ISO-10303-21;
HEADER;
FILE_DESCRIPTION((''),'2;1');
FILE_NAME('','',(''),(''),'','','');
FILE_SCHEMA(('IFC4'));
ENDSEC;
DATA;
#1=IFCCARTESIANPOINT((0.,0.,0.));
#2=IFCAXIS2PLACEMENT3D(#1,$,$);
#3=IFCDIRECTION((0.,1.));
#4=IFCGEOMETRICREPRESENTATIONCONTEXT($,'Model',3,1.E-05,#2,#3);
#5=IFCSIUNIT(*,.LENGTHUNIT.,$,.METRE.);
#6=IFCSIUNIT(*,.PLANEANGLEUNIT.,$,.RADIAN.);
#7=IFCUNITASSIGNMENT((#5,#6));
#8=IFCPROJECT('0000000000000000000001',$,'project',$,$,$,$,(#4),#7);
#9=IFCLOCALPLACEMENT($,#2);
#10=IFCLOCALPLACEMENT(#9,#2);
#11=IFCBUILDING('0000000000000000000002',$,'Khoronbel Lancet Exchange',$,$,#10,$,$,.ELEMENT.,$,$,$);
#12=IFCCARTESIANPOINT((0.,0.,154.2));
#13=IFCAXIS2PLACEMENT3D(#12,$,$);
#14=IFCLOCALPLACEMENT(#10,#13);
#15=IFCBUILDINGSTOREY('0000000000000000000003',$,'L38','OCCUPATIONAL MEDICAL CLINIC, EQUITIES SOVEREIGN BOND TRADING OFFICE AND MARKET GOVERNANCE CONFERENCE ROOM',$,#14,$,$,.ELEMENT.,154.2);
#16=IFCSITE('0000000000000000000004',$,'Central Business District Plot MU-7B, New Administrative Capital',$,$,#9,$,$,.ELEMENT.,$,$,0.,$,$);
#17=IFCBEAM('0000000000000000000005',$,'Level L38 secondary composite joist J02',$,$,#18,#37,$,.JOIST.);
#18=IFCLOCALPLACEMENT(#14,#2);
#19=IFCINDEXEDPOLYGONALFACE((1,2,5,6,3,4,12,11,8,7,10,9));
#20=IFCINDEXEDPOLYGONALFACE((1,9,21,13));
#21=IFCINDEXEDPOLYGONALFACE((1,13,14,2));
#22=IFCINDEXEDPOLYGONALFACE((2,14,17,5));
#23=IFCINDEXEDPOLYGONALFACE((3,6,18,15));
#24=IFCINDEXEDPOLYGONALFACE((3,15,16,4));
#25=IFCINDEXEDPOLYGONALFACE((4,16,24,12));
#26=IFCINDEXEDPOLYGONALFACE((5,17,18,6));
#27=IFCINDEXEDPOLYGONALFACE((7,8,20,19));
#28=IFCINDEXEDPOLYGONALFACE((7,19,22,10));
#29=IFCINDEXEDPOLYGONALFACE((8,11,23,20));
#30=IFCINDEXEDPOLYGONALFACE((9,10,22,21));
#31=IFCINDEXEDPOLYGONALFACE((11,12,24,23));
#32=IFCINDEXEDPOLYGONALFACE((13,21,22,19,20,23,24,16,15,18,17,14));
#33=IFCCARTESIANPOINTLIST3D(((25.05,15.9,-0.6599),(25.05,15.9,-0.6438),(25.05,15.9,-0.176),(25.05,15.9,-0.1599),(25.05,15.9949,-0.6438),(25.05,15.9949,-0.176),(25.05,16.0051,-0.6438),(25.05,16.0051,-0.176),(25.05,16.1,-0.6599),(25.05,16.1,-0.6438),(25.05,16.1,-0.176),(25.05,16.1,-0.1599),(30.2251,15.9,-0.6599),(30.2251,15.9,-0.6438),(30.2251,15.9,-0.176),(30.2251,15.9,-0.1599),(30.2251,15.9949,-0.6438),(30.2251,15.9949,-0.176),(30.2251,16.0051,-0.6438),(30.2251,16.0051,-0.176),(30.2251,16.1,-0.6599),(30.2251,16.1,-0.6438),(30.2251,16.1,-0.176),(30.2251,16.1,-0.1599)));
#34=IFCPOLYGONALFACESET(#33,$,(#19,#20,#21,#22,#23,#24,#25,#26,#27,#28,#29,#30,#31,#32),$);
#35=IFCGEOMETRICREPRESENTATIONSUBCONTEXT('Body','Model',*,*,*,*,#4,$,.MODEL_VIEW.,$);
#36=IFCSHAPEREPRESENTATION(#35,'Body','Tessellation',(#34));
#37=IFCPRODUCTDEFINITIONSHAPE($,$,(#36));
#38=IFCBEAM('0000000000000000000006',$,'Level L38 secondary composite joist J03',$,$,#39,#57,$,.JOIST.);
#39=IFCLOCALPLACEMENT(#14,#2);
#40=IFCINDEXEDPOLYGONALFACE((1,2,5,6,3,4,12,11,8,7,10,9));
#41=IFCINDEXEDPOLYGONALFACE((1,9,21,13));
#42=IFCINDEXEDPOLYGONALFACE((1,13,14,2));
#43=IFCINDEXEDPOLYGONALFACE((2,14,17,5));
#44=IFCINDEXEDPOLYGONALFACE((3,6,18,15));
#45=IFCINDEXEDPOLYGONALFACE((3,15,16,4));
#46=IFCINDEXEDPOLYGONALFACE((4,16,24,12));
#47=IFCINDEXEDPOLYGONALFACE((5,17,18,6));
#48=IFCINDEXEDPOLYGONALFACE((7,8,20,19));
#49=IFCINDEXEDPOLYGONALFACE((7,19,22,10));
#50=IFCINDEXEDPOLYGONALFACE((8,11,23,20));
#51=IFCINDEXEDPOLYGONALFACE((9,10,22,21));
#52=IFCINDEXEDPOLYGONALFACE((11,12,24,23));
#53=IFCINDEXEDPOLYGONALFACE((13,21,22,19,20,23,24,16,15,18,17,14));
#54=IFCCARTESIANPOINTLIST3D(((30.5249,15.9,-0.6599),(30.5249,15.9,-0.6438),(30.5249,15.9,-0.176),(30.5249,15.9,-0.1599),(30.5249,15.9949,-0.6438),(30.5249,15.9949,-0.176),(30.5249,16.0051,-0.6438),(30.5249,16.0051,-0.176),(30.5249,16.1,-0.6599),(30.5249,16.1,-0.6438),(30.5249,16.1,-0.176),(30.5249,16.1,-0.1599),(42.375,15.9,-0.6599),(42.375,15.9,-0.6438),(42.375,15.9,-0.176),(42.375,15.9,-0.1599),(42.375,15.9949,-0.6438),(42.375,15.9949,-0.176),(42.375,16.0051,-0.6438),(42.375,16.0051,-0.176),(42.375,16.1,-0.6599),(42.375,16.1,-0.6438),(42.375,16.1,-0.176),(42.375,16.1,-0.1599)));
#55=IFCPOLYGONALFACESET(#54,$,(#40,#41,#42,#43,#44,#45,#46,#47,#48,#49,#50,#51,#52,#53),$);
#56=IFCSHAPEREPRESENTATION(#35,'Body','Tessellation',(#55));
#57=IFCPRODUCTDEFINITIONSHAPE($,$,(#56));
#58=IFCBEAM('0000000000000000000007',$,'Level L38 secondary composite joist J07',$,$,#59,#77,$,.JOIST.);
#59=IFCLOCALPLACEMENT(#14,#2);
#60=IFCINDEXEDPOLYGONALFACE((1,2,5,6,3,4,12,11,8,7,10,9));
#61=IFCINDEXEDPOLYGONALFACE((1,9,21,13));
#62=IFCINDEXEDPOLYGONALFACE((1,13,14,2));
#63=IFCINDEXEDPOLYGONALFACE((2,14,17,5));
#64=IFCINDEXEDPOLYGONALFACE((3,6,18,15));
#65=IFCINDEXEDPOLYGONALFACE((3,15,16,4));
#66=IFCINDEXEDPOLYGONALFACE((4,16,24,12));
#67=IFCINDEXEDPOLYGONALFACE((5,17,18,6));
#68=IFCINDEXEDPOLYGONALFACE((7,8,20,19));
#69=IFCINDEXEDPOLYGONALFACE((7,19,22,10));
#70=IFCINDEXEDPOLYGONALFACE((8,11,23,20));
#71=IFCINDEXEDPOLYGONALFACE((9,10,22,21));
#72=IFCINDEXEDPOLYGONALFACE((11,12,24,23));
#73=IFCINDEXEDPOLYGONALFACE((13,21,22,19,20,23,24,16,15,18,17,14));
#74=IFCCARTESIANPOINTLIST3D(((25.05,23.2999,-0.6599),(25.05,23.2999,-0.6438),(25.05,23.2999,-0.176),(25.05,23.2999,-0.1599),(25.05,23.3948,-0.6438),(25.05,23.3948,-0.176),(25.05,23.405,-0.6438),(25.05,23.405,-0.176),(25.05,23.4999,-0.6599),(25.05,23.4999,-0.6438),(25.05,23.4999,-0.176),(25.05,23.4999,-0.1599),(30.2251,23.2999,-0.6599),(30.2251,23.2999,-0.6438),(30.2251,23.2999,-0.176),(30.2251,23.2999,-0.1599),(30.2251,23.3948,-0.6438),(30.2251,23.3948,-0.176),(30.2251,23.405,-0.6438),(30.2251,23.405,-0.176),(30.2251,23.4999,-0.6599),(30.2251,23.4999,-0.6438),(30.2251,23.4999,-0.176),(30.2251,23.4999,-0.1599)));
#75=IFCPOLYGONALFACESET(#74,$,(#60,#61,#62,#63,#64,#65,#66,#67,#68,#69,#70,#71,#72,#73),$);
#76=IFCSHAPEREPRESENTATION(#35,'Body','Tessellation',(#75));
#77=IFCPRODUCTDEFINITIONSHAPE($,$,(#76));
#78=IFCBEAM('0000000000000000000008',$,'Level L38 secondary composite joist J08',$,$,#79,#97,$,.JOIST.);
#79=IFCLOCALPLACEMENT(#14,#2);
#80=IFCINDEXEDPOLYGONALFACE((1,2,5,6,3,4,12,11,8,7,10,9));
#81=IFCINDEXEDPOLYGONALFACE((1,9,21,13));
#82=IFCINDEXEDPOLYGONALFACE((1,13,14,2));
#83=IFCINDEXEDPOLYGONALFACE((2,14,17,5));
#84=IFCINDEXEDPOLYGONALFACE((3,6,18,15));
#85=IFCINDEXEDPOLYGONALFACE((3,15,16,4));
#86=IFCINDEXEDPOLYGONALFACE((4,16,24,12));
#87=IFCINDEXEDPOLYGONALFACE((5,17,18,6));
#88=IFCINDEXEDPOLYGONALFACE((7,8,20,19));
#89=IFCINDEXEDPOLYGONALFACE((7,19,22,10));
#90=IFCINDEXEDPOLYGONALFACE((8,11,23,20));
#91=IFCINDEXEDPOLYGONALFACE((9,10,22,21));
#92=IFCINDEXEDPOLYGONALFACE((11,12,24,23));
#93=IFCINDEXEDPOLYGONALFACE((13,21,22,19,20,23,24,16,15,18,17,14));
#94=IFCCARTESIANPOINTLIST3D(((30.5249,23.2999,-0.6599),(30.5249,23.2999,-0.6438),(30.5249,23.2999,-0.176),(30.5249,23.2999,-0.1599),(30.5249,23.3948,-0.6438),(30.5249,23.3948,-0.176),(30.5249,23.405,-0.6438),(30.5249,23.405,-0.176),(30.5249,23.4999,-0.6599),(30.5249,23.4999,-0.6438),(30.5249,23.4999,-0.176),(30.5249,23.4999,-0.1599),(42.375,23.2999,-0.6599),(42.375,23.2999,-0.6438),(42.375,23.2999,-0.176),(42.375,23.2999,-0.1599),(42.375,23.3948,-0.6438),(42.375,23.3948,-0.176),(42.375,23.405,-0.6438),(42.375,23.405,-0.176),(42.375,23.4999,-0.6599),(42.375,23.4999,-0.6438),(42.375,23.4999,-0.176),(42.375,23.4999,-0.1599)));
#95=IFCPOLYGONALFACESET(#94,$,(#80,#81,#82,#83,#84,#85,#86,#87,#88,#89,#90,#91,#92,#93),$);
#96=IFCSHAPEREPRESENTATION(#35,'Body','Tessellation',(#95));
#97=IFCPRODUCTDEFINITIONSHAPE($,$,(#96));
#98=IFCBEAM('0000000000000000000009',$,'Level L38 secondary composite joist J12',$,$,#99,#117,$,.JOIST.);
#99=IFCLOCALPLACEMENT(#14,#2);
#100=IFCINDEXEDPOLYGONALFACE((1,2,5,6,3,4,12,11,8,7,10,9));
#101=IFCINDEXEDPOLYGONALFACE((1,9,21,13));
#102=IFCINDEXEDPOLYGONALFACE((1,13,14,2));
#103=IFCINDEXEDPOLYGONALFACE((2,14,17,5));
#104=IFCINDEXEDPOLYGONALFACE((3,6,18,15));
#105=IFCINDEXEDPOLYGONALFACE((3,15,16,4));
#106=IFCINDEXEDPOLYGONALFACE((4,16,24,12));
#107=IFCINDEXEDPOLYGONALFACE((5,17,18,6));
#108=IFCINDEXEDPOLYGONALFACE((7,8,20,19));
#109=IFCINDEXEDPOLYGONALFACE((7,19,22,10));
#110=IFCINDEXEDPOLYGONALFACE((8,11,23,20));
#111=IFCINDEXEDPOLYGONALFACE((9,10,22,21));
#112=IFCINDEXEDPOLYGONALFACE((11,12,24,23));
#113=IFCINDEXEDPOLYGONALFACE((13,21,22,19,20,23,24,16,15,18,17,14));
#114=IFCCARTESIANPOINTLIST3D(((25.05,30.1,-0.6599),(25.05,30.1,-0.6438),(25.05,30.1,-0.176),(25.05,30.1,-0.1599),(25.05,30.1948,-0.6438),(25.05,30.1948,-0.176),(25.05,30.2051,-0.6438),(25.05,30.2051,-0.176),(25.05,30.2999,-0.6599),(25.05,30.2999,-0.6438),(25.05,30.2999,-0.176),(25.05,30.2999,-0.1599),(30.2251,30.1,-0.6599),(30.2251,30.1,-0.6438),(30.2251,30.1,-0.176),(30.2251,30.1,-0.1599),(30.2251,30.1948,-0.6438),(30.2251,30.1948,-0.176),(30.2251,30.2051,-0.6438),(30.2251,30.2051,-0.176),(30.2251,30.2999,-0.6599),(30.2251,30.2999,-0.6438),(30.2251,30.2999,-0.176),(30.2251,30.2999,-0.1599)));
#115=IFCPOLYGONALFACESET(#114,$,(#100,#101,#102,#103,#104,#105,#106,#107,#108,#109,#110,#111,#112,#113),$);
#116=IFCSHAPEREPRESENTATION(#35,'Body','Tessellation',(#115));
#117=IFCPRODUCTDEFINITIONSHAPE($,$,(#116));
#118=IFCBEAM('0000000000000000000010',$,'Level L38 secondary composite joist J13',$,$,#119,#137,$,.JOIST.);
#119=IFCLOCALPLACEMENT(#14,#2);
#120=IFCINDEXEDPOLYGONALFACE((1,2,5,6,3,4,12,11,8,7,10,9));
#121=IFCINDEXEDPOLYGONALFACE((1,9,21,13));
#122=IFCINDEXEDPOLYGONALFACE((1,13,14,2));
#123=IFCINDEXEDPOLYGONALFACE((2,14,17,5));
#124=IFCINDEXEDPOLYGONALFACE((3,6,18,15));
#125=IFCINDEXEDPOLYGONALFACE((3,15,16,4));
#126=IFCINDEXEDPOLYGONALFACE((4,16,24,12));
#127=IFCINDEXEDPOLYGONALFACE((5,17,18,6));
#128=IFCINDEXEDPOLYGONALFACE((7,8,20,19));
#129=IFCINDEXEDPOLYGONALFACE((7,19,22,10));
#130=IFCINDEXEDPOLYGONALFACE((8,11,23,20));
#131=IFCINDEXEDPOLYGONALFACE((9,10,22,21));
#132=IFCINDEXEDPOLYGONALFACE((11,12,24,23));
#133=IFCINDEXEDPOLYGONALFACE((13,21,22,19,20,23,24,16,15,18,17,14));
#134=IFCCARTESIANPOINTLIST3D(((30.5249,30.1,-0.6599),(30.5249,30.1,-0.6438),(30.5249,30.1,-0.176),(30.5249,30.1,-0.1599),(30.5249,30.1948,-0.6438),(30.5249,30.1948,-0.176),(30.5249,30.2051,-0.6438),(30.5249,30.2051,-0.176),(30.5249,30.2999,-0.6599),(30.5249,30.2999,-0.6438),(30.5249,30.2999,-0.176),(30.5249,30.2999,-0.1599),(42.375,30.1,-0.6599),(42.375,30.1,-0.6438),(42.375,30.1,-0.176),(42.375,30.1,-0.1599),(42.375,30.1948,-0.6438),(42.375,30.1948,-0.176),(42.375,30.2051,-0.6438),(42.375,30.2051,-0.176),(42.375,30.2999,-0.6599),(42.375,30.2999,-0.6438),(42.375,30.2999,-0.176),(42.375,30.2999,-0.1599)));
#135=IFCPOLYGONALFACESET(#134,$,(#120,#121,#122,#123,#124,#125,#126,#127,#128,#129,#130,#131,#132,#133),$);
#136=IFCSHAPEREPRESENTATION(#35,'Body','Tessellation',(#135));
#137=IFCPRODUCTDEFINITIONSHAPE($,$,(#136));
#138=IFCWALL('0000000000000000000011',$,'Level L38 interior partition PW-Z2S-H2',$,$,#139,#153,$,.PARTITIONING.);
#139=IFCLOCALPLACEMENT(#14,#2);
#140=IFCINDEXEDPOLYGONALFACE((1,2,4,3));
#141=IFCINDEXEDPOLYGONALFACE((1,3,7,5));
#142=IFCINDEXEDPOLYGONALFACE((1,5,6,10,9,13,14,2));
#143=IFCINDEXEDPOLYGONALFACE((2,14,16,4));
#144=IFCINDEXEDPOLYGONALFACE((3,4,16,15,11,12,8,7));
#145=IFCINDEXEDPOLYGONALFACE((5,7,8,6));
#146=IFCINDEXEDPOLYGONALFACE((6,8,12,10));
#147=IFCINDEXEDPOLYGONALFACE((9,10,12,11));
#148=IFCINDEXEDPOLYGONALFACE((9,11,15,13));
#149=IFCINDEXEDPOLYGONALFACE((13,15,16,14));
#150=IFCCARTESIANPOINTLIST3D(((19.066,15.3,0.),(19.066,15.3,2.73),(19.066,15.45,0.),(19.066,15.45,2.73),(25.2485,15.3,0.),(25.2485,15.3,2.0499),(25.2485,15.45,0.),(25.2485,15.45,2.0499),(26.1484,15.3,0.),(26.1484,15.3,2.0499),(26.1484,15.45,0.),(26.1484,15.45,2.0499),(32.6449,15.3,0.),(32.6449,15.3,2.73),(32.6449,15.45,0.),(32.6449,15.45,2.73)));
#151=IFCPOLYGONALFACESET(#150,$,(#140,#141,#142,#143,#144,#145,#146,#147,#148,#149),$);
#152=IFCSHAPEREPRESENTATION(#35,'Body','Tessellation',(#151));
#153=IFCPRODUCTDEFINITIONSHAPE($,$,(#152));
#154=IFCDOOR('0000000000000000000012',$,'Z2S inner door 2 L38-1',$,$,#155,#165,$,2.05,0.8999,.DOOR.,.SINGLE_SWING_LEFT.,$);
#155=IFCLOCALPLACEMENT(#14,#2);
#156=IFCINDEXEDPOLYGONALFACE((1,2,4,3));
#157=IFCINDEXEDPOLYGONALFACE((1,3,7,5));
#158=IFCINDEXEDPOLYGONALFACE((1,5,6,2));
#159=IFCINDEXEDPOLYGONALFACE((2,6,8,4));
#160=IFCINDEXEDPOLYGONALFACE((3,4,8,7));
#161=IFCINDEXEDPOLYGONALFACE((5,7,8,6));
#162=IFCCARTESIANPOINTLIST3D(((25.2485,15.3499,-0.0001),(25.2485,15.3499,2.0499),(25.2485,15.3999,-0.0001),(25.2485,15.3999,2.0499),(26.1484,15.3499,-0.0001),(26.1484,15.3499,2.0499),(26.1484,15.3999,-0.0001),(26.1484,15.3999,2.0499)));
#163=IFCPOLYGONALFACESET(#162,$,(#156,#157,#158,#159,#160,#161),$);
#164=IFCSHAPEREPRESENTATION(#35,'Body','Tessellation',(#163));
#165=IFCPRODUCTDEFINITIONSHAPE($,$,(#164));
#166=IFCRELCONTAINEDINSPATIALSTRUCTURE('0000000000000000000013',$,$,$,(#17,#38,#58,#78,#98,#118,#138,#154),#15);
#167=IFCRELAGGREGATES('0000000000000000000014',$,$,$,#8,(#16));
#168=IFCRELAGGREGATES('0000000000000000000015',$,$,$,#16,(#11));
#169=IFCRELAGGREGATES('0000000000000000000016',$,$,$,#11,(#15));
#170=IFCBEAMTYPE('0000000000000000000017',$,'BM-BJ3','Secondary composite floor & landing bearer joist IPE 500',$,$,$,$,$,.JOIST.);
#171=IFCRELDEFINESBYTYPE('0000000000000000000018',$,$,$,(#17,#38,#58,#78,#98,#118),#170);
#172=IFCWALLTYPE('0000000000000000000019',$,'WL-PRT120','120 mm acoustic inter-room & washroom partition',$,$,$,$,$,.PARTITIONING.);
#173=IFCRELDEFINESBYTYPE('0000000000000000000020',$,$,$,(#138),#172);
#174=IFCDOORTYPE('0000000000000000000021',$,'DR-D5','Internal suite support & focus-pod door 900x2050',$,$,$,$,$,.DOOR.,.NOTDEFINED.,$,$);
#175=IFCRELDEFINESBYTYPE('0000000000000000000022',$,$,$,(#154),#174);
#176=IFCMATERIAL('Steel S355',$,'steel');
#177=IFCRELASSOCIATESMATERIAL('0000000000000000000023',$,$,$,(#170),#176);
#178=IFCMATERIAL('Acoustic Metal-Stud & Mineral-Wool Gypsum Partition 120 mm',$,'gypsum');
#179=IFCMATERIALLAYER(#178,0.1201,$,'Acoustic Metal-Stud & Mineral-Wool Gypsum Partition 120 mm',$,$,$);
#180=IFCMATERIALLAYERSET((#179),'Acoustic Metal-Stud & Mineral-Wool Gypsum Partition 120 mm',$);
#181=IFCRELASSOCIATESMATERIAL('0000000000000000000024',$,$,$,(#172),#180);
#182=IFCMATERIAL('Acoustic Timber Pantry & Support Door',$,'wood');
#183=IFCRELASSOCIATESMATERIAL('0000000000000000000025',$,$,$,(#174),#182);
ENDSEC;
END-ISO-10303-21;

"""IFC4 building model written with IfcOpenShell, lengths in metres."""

from ifc_helpers import new_model, si_unit, direction, frame, frame_2d, origin, origin_2d, place, context, subcontext, project, spatial, rectangle, i_section, extrude, material, layer, layer_set, material_profile, profile_set, type_object, element, fill, save


model = new_model("IFC4")

# Units and contexts
model_context = context("Model", 3, precision=1e-05, world=origin(), true_north=direction((0.0, 1.0)))
body_context = subcontext(model_context, "Body", "Model", "MODEL_VIEW")
ifc_project = project(units=[si_unit("LENGTHUNIT", "METRE"), si_unit("PLANEANGLEUNIT", "RADIAN")], contexts=[model_context])

# Site, building, storey
site_placement = place(None, origin())
site = spatial("IfcSite", under=ifc_project, at=site_placement, Name="Central Business District Plot MU-7B, New Administrative Capital", CompositionType="ELEMENT", RefElevation=0.0)
building_placement = place(site_placement, origin())
building = spatial("IfcBuilding", under=site, at=building_placement, Name="Khoronbel Lancet Exchange", CompositionType="ELEMENT")
storey_placement = place(building_placement, frame((0.0, 0.0, 154.2)))
storey = spatial("IfcBuildingStorey", under=building, at=storey_placement, Name="L38", Description="OCCUPATIONAL MEDICAL CLINIC, EQUITIES SOVEREIGN BOND TRADING OFFICE AND MARKET GOVERNANCE CONFERENCE ROOM", CompositionType="ELEMENT", Elevation=154.2)

# Beams
ifc_material_1 = material(Name="Steel S355", Category="steel")
ifc_material_profile = material_profile(ifc_material_1, i_section(OverallWidth=0.2, OverallDepth=0.5, WebThickness=0.0103, FlangeThickness=0.0161, at=origin_2d()), Name="IPE 500")
ifc_profile_set = profile_set([ifc_material_profile], Name="Steel S355")
beam_type = type_object("IfcBeamType", Name="BM-BJ3", Description="Secondary composite floor & landing bearer joist IPE 500", PredefinedType="JOIST", material=ifc_profile_set)
beam_1_placement = place(storey_placement, frame((25.05, 16.0, -0.4099), z_axis=(1.0, 0.0, 0.0), x_axis=(0.0, 1.0, 0.0)))
element("IfcBeam", 1, at=beam_1_placement, inside=storey, type_object=beam_type, Name="Level L38 secondary composite joist J02", PredefinedType="JOIST", context=body_context, shape_type="SweptSolid", body=[
    extrude(i_section(OverallWidth=0.2, OverallDepth=0.5, WebThickness=0.0103, FlangeThickness=0.0161, at=origin_2d()), origin(), (0.0, 0.0, 1.0), 5.175),
])
beam_2_placement = place(storey_placement, frame((30.5249, 16.0, -0.4099), z_axis=(1.0, 0.0, 0.0), x_axis=(0.0, 1.0, 0.0)))
element("IfcBeam", 2, at=beam_2_placement, inside=storey, type_object=beam_type, Name="Level L38 secondary composite joist J03", PredefinedType="JOIST", context=body_context, shape_type="SweptSolid", body=[
    extrude(i_section(OverallWidth=0.2, OverallDepth=0.5, WebThickness=0.0103, FlangeThickness=0.0161, at=origin_2d()), origin(), (0.0, 0.0, 1.0), 11.8501),
])
beam_3_placement = place(storey_placement, frame((25.05, 23.3999, -0.4099), z_axis=(1.0, 0.0, 0.0), x_axis=(0.0, 1.0, 0.0)))
element("IfcBeam", 3, at=beam_3_placement, inside=storey, type_object=beam_type, Name="Level L38 secondary composite joist J07", PredefinedType="JOIST", context=body_context, shape_type="SweptSolid", body=[
    extrude(i_section(OverallWidth=0.2, OverallDepth=0.5, WebThickness=0.0103, FlangeThickness=0.0161, at=origin_2d()), origin(), (0.0, 0.0, 1.0), 5.175),
])
beam_4_placement = place(storey_placement, frame((30.5249, 23.3999, -0.4099), z_axis=(1.0, 0.0, 0.0), x_axis=(0.0, 1.0, 0.0)))
element("IfcBeam", 4, at=beam_4_placement, inside=storey, type_object=beam_type, Name="Level L38 secondary composite joist J08", PredefinedType="JOIST", context=body_context, shape_type="SweptSolid", body=[
    extrude(i_section(OverallWidth=0.2, OverallDepth=0.5, WebThickness=0.0103, FlangeThickness=0.0161, at=origin_2d()), origin(), (0.0, 0.0, 1.0), 11.8501),
])
beam_5_placement = place(storey_placement, frame((25.05, 30.2, -0.4099), z_axis=(1.0, 0.0, 0.0), x_axis=(0.0, 1.0, 0.0)))
element("IfcBeam", 5, at=beam_5_placement, inside=storey, type_object=beam_type, Name="Level L38 secondary composite joist J12", PredefinedType="JOIST", context=body_context, shape_type="SweptSolid", body=[
    extrude(i_section(OverallWidth=0.2, OverallDepth=0.5, WebThickness=0.0103, FlangeThickness=0.0161, at=origin_2d()), origin(), (0.0, 0.0, 1.0), 5.175),
])
beam_6_placement = place(storey_placement, frame((30.5249, 30.2, -0.4099), z_axis=(1.0, 0.0, 0.0), x_axis=(0.0, 1.0, 0.0)))
element("IfcBeam", 6, at=beam_6_placement, inside=storey, type_object=beam_type, Name="Level L38 secondary composite joist J13", PredefinedType="JOIST", context=body_context, shape_type="SweptSolid", body=[
    extrude(i_section(OverallWidth=0.2, OverallDepth=0.5, WebThickness=0.0103, FlangeThickness=0.0161, at=origin_2d()), origin(), (0.0, 0.0, 1.0), 11.8501),
])

# Wall, opening, door
ifc_material_2 = material(Name="Acoustic Metal-Stud & Mineral-Wool Gypsum Partition 120 mm", Category="gypsum")
ifc_layer_1 = layer(ifc_material_2, 0.1201, Name="Acoustic Metal-Stud & Mineral-Wool Gypsum Partition 120 mm")
ifc_layer_set_1 = layer_set([ifc_layer_1], Name="Acoustic Metal-Stud & Mineral-Wool Gypsum Partition 120 mm")
wall_type_1 = type_object("IfcWallType", Name="WL-PRT120", Description="120 mm acoustic inter-room & washroom partition", PredefinedType="PARTITIONING", material=ifc_layer_set_1)
wall_1_placement = place(storey_placement, frame((19.0659, 15.375, 0.0), z_axis=(0.0, 0.0, 1.0), x_axis=(1.0, 0.0, 0.0)))
wall_1 = element("IfcWall", 7, at=wall_1_placement, inside=storey, type_object=wall_type_1, Name="Level L38 interior partition PW-Z2S-H2", PredefinedType="PARTITIONING", context=body_context, shape_type="SweptSolid", body=[
    extrude(rectangle(XDim=13.5789, YDim=0.1499, at=frame_2d((6.7896, 0.0))), origin(), (0.0, 0.0, 1.0), 2.73),
])
opening_1_placement = place(wall_1_placement, frame((6.1826, 0.0, 0.0)))
opening_1 = element("IfcOpeningElement", 8, at=opening_1_placement, cuts=wall_1, PredefinedType="OPENING", context=body_context, shape_type="SweptSolid", body=[
    extrude(rectangle(XDim=0.8999, YDim=2.05, at=frame_2d((0.45, 1.0249))), frame((0.0, 0.085, 0.0), z_axis=(0.0, -1.0, 0.0), x_axis=(1.0, 0.0, 0.0)), (0.0, 0.0, 1.0), 0.1699),
])
ifc_material_3 = material(Name="Acoustic Timber Pantry & Support Door", Category="wood")
door_type_1 = type_object("IfcDoorType", Name="DR-D5", Description="Internal suite support & focus-pod door 900x2050", OperationType="NOTDEFINED", PredefinedType="DOOR", material=ifc_material_3)
door_1_placement = place(opening_1_placement, origin())
door_1 = element("IfcDoor", 9, at=door_1_placement, inside=storey, type_object=door_type_1, Name="Z2S inner door 2 L38-1", OperationType="SINGLE_SWING_LEFT", OverallHeight=2.05, OverallWidth=0.8999, PredefinedType="DOOR", context=body_context, shape_type="SweptSolid", body=[
    extrude(rectangle(XDim=0.8999, YDim=2.05, at=frame_2d((0.45, 1.0249))), frame((0.0, 0.0249, 0.0), z_axis=(0.0, -1.0, 0.0), x_axis=(1.0, 0.0, 0.0)), (0.0, 0.0, 1.0), 0.05),
])
fill(opening_1, door_1)

save(model, "model.ifc")
